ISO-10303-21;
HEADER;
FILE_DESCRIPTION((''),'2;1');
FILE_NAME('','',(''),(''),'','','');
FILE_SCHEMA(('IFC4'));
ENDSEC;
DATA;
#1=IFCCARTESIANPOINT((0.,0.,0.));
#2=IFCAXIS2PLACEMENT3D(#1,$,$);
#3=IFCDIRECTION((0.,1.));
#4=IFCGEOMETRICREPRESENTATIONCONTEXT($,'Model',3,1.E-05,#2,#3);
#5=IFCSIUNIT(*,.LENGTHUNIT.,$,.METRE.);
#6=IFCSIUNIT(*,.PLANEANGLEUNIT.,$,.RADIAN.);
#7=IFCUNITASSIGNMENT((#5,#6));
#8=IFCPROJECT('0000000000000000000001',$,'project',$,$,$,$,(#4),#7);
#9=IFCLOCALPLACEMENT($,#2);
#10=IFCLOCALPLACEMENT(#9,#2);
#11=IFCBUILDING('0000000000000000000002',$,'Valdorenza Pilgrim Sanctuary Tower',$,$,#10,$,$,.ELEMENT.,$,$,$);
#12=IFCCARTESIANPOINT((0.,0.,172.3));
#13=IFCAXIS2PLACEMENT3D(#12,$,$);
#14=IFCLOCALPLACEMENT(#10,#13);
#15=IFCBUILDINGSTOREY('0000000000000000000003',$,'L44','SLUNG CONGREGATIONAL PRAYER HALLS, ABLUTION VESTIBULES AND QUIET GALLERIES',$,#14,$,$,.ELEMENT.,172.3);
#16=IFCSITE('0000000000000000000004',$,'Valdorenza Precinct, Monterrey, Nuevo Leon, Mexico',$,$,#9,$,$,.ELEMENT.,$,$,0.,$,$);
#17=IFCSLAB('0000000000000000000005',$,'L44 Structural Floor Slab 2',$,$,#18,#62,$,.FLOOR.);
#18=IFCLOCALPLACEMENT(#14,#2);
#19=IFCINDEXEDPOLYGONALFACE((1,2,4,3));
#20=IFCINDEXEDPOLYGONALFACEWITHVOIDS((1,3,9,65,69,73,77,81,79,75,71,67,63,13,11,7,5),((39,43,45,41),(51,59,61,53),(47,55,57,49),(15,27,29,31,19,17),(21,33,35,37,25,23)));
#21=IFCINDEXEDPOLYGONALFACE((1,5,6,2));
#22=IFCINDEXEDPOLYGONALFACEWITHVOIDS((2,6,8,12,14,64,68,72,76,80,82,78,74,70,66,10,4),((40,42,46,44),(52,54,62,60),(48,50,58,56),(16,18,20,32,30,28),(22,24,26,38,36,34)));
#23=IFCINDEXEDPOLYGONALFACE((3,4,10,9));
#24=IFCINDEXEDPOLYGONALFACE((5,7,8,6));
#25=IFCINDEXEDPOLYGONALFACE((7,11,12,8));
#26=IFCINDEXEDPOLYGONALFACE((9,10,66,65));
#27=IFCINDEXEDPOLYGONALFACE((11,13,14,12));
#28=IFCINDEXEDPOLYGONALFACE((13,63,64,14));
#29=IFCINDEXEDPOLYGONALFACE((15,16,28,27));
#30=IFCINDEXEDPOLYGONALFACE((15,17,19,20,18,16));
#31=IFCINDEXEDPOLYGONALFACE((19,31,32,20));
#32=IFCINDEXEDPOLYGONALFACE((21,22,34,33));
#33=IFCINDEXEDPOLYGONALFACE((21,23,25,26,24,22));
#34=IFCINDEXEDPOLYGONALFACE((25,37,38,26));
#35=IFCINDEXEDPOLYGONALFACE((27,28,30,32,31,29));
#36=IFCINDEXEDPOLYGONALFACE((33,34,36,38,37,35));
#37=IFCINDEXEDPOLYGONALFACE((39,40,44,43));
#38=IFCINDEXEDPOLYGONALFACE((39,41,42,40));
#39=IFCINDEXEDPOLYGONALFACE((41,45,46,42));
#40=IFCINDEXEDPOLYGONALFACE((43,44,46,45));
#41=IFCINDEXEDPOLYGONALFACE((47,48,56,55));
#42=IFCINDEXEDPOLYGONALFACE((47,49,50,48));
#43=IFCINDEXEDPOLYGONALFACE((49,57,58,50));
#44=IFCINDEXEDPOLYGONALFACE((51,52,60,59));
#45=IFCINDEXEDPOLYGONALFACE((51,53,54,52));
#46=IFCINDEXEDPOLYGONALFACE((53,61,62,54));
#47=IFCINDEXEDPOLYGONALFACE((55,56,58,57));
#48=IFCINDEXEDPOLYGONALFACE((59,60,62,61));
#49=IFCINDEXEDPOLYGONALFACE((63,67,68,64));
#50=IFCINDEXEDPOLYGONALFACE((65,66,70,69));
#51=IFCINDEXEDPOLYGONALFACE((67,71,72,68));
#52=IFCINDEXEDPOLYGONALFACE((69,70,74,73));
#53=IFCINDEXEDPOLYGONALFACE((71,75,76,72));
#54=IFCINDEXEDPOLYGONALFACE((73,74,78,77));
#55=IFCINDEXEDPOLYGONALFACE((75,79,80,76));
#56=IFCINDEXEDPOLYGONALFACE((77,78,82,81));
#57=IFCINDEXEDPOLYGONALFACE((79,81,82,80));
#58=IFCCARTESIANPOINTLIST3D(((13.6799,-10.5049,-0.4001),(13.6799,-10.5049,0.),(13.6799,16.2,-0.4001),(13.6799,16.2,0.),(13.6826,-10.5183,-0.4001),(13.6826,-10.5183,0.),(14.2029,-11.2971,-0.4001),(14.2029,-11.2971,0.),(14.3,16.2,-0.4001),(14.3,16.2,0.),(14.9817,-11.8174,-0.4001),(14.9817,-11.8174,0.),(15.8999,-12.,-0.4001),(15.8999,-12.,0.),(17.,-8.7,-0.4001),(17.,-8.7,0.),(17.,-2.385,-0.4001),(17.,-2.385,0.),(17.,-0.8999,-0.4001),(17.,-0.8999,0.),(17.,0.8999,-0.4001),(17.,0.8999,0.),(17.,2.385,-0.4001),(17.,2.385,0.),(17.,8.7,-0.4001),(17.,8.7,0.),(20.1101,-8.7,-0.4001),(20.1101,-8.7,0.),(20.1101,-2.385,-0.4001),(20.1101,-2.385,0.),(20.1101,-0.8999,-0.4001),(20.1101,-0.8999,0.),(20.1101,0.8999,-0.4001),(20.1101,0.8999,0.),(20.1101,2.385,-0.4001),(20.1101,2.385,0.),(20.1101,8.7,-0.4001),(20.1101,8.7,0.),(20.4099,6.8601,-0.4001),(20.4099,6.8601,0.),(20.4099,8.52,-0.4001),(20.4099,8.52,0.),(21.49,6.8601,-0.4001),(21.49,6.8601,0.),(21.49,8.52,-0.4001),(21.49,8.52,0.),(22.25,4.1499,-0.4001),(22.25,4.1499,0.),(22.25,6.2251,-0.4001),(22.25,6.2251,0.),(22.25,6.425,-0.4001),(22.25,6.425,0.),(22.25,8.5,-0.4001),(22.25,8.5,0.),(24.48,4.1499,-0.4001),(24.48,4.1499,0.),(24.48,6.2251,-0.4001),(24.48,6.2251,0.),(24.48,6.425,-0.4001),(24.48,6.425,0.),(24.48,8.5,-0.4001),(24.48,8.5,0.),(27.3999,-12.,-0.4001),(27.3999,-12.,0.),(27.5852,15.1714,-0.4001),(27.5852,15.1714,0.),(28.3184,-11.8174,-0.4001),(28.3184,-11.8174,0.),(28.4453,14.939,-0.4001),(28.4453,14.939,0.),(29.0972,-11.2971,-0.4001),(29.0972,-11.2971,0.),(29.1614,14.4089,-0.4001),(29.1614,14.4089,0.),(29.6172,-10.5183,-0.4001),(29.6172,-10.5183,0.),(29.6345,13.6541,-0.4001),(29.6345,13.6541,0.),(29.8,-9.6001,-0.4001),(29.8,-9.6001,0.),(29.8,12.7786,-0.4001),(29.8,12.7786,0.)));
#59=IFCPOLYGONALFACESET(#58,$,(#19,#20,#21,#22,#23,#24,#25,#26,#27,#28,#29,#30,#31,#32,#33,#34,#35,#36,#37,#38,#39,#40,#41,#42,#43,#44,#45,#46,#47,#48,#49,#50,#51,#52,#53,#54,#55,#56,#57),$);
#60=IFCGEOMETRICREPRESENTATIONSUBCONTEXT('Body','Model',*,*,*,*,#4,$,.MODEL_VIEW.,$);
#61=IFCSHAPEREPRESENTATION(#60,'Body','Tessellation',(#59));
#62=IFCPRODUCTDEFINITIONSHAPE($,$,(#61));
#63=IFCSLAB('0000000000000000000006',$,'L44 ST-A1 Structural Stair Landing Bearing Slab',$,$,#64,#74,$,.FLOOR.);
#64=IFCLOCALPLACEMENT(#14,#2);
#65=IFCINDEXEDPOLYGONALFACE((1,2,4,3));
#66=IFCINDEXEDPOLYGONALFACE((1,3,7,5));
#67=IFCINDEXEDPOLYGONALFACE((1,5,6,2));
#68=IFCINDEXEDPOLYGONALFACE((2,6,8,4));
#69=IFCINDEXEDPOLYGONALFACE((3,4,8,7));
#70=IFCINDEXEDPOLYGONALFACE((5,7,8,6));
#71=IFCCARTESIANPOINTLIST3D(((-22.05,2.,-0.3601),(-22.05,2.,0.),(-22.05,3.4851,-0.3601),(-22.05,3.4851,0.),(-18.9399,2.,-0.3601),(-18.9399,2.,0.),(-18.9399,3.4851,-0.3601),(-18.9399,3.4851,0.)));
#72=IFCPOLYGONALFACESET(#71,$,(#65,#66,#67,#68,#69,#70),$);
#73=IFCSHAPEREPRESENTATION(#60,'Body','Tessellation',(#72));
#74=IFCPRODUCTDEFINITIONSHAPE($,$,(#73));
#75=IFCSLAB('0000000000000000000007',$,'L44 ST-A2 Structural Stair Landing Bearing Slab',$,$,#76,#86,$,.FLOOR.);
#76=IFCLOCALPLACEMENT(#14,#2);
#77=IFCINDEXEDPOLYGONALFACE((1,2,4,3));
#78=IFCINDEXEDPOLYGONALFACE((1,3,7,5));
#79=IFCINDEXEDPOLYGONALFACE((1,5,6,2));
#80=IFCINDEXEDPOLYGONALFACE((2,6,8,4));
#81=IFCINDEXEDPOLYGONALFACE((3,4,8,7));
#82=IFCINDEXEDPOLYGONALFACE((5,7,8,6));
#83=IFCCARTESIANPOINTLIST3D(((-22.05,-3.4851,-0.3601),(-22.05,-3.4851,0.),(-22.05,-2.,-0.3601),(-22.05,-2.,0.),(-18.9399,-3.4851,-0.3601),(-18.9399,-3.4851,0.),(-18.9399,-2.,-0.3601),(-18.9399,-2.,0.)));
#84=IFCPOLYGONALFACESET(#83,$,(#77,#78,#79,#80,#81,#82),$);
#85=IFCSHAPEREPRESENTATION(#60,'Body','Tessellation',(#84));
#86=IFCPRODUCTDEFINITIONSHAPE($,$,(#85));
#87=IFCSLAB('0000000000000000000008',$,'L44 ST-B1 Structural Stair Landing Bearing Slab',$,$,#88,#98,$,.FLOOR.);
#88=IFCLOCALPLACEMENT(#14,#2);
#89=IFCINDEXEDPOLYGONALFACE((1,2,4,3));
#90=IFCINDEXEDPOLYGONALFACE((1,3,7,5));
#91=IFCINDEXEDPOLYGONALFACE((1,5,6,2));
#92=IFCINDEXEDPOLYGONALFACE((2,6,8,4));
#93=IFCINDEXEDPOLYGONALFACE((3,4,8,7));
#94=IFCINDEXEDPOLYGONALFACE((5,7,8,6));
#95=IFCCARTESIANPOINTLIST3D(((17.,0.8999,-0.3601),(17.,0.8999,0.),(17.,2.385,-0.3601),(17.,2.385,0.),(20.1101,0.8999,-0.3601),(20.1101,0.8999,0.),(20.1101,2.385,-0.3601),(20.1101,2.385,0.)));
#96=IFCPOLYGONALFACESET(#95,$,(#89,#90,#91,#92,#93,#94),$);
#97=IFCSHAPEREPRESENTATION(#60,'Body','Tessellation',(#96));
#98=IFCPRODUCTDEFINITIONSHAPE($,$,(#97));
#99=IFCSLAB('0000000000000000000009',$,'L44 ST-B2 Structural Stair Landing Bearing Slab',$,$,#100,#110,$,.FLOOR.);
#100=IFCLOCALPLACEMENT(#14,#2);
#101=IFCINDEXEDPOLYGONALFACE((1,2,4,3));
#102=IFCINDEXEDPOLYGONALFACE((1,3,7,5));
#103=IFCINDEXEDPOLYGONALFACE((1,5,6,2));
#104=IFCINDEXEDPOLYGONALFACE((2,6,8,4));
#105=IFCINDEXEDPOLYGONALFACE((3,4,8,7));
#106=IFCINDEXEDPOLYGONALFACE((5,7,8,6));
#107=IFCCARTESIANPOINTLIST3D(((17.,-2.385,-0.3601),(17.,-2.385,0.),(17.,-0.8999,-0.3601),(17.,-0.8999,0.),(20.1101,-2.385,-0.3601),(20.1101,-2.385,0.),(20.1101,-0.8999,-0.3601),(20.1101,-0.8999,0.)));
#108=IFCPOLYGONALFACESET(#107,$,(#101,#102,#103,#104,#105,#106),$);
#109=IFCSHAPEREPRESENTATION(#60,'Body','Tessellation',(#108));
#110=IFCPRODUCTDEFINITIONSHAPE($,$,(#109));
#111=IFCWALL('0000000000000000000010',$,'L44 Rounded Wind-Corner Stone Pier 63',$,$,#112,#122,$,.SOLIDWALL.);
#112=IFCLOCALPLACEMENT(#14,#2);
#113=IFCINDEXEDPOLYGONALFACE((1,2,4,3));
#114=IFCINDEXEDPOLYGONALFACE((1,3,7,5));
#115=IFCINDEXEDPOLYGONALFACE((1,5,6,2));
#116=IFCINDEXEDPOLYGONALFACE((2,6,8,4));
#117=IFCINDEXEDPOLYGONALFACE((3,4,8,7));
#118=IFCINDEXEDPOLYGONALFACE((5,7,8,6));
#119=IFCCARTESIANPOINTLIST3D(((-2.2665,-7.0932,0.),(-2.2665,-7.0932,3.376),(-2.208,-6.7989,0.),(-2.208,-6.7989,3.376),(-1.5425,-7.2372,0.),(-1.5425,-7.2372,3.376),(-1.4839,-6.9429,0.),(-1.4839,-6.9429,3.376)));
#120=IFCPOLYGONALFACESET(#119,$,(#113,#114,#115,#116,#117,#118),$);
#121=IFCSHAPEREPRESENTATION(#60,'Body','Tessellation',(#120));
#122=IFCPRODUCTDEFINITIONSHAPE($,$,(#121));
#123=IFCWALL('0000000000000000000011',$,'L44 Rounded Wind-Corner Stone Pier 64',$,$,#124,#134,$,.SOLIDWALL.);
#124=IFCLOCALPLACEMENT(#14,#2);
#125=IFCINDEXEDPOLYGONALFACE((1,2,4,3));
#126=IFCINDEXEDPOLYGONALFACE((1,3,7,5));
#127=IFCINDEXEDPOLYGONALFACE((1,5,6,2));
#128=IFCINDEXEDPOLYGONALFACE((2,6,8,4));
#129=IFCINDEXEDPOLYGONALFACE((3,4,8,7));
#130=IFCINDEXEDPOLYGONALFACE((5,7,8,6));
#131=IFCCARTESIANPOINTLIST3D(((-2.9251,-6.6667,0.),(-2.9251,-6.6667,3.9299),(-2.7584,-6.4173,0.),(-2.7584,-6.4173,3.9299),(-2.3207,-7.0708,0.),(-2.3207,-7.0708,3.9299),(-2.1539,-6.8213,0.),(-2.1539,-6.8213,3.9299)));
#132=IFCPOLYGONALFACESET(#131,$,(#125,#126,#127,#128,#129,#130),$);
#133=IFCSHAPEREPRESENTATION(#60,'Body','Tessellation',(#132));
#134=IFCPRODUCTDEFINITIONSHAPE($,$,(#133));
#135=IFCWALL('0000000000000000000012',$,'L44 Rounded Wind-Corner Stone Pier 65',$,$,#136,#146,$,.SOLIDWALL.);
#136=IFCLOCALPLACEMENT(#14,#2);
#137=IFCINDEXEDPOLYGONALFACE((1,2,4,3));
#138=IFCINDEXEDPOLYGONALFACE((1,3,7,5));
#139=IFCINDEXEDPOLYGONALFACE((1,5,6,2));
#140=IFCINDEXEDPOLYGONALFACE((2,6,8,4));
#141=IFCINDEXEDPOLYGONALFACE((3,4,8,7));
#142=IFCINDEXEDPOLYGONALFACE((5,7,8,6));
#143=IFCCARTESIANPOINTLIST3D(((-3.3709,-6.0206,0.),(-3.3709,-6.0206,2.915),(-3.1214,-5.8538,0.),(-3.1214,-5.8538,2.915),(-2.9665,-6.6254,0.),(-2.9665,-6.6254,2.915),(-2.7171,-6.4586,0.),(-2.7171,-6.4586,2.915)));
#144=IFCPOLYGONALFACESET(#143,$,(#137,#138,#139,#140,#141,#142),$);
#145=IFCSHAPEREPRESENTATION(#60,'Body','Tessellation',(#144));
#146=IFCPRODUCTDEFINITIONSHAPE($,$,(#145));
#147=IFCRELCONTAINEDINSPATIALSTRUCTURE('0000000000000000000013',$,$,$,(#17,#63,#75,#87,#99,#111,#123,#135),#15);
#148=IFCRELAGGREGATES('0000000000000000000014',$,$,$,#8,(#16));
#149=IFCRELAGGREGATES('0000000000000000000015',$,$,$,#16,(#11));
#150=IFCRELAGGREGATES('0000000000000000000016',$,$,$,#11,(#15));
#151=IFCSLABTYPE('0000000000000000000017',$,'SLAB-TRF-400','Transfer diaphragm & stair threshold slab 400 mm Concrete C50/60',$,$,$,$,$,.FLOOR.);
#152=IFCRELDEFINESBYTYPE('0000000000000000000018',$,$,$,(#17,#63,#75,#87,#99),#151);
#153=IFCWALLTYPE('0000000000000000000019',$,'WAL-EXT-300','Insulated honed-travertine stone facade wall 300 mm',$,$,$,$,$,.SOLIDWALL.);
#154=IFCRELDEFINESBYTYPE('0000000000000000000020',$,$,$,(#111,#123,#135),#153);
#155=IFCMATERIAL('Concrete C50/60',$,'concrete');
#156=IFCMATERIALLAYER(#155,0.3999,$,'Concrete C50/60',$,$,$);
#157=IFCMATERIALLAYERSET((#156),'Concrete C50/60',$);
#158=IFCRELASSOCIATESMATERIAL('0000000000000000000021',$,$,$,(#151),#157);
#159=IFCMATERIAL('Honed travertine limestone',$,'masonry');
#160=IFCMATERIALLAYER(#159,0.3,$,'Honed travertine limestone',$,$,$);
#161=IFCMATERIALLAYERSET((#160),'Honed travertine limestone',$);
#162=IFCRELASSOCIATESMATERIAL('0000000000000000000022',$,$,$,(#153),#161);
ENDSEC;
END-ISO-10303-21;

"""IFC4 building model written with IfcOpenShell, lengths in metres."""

from ifc_helpers import new_model, si_unit, direction, frame, frame_2d, origin, place, context, subcontext, project, spatial, polyline, rectangle, outline, extrude, material, layer, layer_set, type_object, element, save


model = new_model("IFC4")

# Units and contexts
model_context = context("Model", 3, precision=1e-05, world=origin(), true_north=direction((0.0, 1.0)))
body_context = subcontext(model_context, "Body", "Model", "MODEL_VIEW")
ifc_project = project(units=[si_unit("LENGTHUNIT", "METRE"), si_unit("PLANEANGLEUNIT", "RADIAN")], contexts=[model_context])

# Site, building, storey
site_placement = place(None, origin())
site = spatial("IfcSite", under=ifc_project, at=site_placement, Name="Valdorenza Precinct, Monterrey, Nuevo Leon, Mexico", CompositionType="ELEMENT", RefElevation=0.0)
building_placement = place(site_placement, origin())
building = spatial("IfcBuilding", under=site, at=building_placement, Name="Valdorenza Pilgrim Sanctuary Tower", CompositionType="ELEMENT")
storey_placement = place(building_placement, frame((0.0, 0.0, 172.3)))
storey = spatial("IfcBuildingStorey", under=building, at=storey_placement, Name="L44", Description="SLUNG CONGREGATIONAL PRAYER HALLS, ABLUTION VESTIBULES AND QUIET GALLERIES", CompositionType="ELEMENT", Elevation=172.3)

# Slabs
ifc_material_1 = material(Name="Concrete C50/60", Category="concrete")
ifc_layer_1 = layer(ifc_material_1, 0.3999, Name="Concrete C50/60")
ifc_layer_set_1 = layer_set([ifc_layer_1], Name="Concrete C50/60")
slab_type_1 = type_object("IfcSlabType", Name="SLAB-TRF-400", Description="Transfer diaphragm & stair threshold slab 400 mm Concrete C50/60", PredefinedType="FLOOR", material=ifc_layer_set_1)
slab_1_placement = place(storey_placement, frame((0.0, 0.0, -0.4001)))
element("IfcSlab", 1, at=slab_1_placement, inside=storey, type_object=slab_type_1, Name="L44 Structural Floor Slab 2", PredefinedType="FLOOR", context=body_context, shape_type="SweptSolid", body=[
    extrude(outline(polyline([(27.5852, 15.1714), (28.4453, 14.939), (29.1614, 14.4089), (29.6345, 13.6541), (29.8, 12.7786), (29.8, -9.6001), (29.6172, -10.5183), (29.0972, -11.2971), (28.3184, -11.8174), (27.3999, -12.0), (15.8999, -12.0), (14.9817, -11.8174), (14.2029, -11.2971), (13.6826, -10.5183), (13.6799, -10.5049), (13.6799, 16.2), (14.3, 16.2), (27.5852, 15.1714)]), holes=[polyline([(17.0, -8.7), (20.1101, -8.7), (20.1101, -2.385), (20.1101, -0.8999), (17.0, -0.8999), (17.0, -2.385), (17.0, -8.7)]), polyline([(17.0, 0.8999), (20.1101, 0.8999), (20.1101, 2.385), (20.1101, 8.7), (17.0, 8.7), (17.0, 2.385), (17.0, 0.8999)]), polyline([(22.25, 4.1499), (24.48, 4.1499), (24.48, 6.2251), (22.25, 6.2251), (22.25, 4.1499)]), polyline([(22.25, 6.425), (24.48, 6.425), (24.48, 8.5), (22.25, 8.5), (22.25, 6.425)]), polyline([(20.4099, 6.8601), (21.49, 6.8601), (21.49, 8.52), (20.4099, 8.52), (20.4099, 6.8601)])]), origin(), (0.0, 0.0, 1.0), 0.4001),
])
slab_2_placement = place(storey_placement, frame((0.0, 0.0, -0.3601)))
element("IfcSlab", 2, at=slab_2_placement, inside=storey, type_object=slab_type_1, Name="L44 ST-A1 Structural Stair Landing Bearing Slab", PredefinedType="FLOOR", context=body_context, shape_type="SweptSolid", body=[
    extrude(outline(polyline([(-22.05, 2.0), (-18.9399, 2.0), (-18.9399, 3.4851), (-22.05, 3.4851), (-22.05, 2.0)])), origin(), (0.0, 0.0, 1.0), 0.3601),
])
slab_3_placement = place(storey_placement, frame((0.0, 0.0, -0.3601)))
element("IfcSlab", 3, at=slab_3_placement, inside=storey, type_object=slab_type_1, Name="L44 ST-A2 Structural Stair Landing Bearing Slab", PredefinedType="FLOOR", context=body_context, shape_type="SweptSolid", body=[
    extrude(outline(polyline([(-22.05, -3.4851), (-18.9399, -3.4851), (-18.9399, -2.0), (-22.05, -2.0), (-22.05, -3.4851)])), origin(), (0.0, 0.0, 1.0), 0.3601),
])
slab_4_placement = place(storey_placement, frame((0.0, 0.0, -0.3601)))
element("IfcSlab", 4, at=slab_4_placement, inside=storey, type_object=slab_type_1, Name="L44 ST-B1 Structural Stair Landing Bearing Slab", PredefinedType="FLOOR", context=body_context, shape_type="SweptSolid", body=[
    extrude(outline(polyline([(17.0, 0.8999), (20.1101, 0.8999), (20.1101, 2.385), (17.0, 2.385), (17.0, 0.8999)])), origin(), (0.0, 0.0, 1.0), 0.3601),
])
slab_5_placement = place(storey_placement, frame((0.0, 0.0, -0.3601)))
element("IfcSlab", 5, at=slab_5_placement, inside=storey, type_object=slab_type_1, Name="L44 ST-B2 Structural Stair Landing Bearing Slab", PredefinedType="FLOOR", context=body_context, shape_type="SweptSolid", body=[
    extrude(outline(polyline([(17.0, -2.385), (20.1101, -2.385), (20.1101, -0.8999), (17.0, -0.8999), (17.0, -2.385)])), origin(), (0.0, 0.0, 1.0), 0.3601),
])

# Walls
ifc_material_2 = material(Name="Honed travertine limestone", Category="masonry")
ifc_layer_2 = layer(ifc_material_2, 0.3, Name="Honed travertine limestone")
ifc_layer_set_2 = layer_set([ifc_layer_2], Name="Honed travertine limestone")
wall_type = type_object("IfcWallType", Name="WAL-EXT-300", Description="Insulated honed-travertine stone facade wall 300 mm", PredefinedType="SOLIDWALL", material=ifc_layer_set_2)
wall_1_placement = place(storey_placement, frame((-1.5132, -7.0901, 0.0), z_axis=(0.0, 0.0, 1.0), x_axis=(-0.980784, 0.195099, 0.0)))
element("IfcWall", 6, at=wall_1_placement, inside=storey, type_object=wall_type, Name="L44 Rounded Wind-Corner Stone Pier 63", PredefinedType="SOLIDWALL", context=body_context, shape_type="SweptSolid", body=[
    extrude(rectangle(XDim=0.7383, YDim=0.3, at=frame_2d((0.3691, 0.0))), origin(), (0.0, 0.0, 1.0), 3.376),
])
wall_2_placement = place(storey_placement, frame((-2.2373, -6.946, 0.0), z_axis=(0.0, 0.0, 1.0), x_axis=(-0.831378, 0.555707, 0.0)))
element("IfcWall", 7, at=wall_2_placement, inside=storey, type_object=wall_type, Name="L44 Rounded Wind-Corner Stone Pier 64", PredefinedType="SOLIDWALL", context=body_context, shape_type="SweptSolid", body=[
    extrude(rectangle(XDim=0.7271, YDim=0.3, at=frame_2d((0.3635, 0.0))), origin(), (0.0, 0.0, 1.0), 3.9299),
])
wall_3_placement = place(storey_placement, frame((-2.8418, -6.542, 0.0), z_axis=(0.0, 0.0, 1.0), x_axis=(-0.555784, 0.831327, 0.0)))
element("IfcWall", 8, at=wall_3_placement, inside=storey, type_object=wall_type, Name="L44 Rounded Wind-Corner Stone Pier 65", PredefinedType="SOLIDWALL", context=body_context, shape_type="SweptSolid", body=[
    extrude(rectangle(XDim=0.7275, YDim=0.3, at=frame_2d((0.3638, 0.0))), origin(), (0.0, 0.0, 1.0), 2.915),
])

save(model, "model.ifc")
